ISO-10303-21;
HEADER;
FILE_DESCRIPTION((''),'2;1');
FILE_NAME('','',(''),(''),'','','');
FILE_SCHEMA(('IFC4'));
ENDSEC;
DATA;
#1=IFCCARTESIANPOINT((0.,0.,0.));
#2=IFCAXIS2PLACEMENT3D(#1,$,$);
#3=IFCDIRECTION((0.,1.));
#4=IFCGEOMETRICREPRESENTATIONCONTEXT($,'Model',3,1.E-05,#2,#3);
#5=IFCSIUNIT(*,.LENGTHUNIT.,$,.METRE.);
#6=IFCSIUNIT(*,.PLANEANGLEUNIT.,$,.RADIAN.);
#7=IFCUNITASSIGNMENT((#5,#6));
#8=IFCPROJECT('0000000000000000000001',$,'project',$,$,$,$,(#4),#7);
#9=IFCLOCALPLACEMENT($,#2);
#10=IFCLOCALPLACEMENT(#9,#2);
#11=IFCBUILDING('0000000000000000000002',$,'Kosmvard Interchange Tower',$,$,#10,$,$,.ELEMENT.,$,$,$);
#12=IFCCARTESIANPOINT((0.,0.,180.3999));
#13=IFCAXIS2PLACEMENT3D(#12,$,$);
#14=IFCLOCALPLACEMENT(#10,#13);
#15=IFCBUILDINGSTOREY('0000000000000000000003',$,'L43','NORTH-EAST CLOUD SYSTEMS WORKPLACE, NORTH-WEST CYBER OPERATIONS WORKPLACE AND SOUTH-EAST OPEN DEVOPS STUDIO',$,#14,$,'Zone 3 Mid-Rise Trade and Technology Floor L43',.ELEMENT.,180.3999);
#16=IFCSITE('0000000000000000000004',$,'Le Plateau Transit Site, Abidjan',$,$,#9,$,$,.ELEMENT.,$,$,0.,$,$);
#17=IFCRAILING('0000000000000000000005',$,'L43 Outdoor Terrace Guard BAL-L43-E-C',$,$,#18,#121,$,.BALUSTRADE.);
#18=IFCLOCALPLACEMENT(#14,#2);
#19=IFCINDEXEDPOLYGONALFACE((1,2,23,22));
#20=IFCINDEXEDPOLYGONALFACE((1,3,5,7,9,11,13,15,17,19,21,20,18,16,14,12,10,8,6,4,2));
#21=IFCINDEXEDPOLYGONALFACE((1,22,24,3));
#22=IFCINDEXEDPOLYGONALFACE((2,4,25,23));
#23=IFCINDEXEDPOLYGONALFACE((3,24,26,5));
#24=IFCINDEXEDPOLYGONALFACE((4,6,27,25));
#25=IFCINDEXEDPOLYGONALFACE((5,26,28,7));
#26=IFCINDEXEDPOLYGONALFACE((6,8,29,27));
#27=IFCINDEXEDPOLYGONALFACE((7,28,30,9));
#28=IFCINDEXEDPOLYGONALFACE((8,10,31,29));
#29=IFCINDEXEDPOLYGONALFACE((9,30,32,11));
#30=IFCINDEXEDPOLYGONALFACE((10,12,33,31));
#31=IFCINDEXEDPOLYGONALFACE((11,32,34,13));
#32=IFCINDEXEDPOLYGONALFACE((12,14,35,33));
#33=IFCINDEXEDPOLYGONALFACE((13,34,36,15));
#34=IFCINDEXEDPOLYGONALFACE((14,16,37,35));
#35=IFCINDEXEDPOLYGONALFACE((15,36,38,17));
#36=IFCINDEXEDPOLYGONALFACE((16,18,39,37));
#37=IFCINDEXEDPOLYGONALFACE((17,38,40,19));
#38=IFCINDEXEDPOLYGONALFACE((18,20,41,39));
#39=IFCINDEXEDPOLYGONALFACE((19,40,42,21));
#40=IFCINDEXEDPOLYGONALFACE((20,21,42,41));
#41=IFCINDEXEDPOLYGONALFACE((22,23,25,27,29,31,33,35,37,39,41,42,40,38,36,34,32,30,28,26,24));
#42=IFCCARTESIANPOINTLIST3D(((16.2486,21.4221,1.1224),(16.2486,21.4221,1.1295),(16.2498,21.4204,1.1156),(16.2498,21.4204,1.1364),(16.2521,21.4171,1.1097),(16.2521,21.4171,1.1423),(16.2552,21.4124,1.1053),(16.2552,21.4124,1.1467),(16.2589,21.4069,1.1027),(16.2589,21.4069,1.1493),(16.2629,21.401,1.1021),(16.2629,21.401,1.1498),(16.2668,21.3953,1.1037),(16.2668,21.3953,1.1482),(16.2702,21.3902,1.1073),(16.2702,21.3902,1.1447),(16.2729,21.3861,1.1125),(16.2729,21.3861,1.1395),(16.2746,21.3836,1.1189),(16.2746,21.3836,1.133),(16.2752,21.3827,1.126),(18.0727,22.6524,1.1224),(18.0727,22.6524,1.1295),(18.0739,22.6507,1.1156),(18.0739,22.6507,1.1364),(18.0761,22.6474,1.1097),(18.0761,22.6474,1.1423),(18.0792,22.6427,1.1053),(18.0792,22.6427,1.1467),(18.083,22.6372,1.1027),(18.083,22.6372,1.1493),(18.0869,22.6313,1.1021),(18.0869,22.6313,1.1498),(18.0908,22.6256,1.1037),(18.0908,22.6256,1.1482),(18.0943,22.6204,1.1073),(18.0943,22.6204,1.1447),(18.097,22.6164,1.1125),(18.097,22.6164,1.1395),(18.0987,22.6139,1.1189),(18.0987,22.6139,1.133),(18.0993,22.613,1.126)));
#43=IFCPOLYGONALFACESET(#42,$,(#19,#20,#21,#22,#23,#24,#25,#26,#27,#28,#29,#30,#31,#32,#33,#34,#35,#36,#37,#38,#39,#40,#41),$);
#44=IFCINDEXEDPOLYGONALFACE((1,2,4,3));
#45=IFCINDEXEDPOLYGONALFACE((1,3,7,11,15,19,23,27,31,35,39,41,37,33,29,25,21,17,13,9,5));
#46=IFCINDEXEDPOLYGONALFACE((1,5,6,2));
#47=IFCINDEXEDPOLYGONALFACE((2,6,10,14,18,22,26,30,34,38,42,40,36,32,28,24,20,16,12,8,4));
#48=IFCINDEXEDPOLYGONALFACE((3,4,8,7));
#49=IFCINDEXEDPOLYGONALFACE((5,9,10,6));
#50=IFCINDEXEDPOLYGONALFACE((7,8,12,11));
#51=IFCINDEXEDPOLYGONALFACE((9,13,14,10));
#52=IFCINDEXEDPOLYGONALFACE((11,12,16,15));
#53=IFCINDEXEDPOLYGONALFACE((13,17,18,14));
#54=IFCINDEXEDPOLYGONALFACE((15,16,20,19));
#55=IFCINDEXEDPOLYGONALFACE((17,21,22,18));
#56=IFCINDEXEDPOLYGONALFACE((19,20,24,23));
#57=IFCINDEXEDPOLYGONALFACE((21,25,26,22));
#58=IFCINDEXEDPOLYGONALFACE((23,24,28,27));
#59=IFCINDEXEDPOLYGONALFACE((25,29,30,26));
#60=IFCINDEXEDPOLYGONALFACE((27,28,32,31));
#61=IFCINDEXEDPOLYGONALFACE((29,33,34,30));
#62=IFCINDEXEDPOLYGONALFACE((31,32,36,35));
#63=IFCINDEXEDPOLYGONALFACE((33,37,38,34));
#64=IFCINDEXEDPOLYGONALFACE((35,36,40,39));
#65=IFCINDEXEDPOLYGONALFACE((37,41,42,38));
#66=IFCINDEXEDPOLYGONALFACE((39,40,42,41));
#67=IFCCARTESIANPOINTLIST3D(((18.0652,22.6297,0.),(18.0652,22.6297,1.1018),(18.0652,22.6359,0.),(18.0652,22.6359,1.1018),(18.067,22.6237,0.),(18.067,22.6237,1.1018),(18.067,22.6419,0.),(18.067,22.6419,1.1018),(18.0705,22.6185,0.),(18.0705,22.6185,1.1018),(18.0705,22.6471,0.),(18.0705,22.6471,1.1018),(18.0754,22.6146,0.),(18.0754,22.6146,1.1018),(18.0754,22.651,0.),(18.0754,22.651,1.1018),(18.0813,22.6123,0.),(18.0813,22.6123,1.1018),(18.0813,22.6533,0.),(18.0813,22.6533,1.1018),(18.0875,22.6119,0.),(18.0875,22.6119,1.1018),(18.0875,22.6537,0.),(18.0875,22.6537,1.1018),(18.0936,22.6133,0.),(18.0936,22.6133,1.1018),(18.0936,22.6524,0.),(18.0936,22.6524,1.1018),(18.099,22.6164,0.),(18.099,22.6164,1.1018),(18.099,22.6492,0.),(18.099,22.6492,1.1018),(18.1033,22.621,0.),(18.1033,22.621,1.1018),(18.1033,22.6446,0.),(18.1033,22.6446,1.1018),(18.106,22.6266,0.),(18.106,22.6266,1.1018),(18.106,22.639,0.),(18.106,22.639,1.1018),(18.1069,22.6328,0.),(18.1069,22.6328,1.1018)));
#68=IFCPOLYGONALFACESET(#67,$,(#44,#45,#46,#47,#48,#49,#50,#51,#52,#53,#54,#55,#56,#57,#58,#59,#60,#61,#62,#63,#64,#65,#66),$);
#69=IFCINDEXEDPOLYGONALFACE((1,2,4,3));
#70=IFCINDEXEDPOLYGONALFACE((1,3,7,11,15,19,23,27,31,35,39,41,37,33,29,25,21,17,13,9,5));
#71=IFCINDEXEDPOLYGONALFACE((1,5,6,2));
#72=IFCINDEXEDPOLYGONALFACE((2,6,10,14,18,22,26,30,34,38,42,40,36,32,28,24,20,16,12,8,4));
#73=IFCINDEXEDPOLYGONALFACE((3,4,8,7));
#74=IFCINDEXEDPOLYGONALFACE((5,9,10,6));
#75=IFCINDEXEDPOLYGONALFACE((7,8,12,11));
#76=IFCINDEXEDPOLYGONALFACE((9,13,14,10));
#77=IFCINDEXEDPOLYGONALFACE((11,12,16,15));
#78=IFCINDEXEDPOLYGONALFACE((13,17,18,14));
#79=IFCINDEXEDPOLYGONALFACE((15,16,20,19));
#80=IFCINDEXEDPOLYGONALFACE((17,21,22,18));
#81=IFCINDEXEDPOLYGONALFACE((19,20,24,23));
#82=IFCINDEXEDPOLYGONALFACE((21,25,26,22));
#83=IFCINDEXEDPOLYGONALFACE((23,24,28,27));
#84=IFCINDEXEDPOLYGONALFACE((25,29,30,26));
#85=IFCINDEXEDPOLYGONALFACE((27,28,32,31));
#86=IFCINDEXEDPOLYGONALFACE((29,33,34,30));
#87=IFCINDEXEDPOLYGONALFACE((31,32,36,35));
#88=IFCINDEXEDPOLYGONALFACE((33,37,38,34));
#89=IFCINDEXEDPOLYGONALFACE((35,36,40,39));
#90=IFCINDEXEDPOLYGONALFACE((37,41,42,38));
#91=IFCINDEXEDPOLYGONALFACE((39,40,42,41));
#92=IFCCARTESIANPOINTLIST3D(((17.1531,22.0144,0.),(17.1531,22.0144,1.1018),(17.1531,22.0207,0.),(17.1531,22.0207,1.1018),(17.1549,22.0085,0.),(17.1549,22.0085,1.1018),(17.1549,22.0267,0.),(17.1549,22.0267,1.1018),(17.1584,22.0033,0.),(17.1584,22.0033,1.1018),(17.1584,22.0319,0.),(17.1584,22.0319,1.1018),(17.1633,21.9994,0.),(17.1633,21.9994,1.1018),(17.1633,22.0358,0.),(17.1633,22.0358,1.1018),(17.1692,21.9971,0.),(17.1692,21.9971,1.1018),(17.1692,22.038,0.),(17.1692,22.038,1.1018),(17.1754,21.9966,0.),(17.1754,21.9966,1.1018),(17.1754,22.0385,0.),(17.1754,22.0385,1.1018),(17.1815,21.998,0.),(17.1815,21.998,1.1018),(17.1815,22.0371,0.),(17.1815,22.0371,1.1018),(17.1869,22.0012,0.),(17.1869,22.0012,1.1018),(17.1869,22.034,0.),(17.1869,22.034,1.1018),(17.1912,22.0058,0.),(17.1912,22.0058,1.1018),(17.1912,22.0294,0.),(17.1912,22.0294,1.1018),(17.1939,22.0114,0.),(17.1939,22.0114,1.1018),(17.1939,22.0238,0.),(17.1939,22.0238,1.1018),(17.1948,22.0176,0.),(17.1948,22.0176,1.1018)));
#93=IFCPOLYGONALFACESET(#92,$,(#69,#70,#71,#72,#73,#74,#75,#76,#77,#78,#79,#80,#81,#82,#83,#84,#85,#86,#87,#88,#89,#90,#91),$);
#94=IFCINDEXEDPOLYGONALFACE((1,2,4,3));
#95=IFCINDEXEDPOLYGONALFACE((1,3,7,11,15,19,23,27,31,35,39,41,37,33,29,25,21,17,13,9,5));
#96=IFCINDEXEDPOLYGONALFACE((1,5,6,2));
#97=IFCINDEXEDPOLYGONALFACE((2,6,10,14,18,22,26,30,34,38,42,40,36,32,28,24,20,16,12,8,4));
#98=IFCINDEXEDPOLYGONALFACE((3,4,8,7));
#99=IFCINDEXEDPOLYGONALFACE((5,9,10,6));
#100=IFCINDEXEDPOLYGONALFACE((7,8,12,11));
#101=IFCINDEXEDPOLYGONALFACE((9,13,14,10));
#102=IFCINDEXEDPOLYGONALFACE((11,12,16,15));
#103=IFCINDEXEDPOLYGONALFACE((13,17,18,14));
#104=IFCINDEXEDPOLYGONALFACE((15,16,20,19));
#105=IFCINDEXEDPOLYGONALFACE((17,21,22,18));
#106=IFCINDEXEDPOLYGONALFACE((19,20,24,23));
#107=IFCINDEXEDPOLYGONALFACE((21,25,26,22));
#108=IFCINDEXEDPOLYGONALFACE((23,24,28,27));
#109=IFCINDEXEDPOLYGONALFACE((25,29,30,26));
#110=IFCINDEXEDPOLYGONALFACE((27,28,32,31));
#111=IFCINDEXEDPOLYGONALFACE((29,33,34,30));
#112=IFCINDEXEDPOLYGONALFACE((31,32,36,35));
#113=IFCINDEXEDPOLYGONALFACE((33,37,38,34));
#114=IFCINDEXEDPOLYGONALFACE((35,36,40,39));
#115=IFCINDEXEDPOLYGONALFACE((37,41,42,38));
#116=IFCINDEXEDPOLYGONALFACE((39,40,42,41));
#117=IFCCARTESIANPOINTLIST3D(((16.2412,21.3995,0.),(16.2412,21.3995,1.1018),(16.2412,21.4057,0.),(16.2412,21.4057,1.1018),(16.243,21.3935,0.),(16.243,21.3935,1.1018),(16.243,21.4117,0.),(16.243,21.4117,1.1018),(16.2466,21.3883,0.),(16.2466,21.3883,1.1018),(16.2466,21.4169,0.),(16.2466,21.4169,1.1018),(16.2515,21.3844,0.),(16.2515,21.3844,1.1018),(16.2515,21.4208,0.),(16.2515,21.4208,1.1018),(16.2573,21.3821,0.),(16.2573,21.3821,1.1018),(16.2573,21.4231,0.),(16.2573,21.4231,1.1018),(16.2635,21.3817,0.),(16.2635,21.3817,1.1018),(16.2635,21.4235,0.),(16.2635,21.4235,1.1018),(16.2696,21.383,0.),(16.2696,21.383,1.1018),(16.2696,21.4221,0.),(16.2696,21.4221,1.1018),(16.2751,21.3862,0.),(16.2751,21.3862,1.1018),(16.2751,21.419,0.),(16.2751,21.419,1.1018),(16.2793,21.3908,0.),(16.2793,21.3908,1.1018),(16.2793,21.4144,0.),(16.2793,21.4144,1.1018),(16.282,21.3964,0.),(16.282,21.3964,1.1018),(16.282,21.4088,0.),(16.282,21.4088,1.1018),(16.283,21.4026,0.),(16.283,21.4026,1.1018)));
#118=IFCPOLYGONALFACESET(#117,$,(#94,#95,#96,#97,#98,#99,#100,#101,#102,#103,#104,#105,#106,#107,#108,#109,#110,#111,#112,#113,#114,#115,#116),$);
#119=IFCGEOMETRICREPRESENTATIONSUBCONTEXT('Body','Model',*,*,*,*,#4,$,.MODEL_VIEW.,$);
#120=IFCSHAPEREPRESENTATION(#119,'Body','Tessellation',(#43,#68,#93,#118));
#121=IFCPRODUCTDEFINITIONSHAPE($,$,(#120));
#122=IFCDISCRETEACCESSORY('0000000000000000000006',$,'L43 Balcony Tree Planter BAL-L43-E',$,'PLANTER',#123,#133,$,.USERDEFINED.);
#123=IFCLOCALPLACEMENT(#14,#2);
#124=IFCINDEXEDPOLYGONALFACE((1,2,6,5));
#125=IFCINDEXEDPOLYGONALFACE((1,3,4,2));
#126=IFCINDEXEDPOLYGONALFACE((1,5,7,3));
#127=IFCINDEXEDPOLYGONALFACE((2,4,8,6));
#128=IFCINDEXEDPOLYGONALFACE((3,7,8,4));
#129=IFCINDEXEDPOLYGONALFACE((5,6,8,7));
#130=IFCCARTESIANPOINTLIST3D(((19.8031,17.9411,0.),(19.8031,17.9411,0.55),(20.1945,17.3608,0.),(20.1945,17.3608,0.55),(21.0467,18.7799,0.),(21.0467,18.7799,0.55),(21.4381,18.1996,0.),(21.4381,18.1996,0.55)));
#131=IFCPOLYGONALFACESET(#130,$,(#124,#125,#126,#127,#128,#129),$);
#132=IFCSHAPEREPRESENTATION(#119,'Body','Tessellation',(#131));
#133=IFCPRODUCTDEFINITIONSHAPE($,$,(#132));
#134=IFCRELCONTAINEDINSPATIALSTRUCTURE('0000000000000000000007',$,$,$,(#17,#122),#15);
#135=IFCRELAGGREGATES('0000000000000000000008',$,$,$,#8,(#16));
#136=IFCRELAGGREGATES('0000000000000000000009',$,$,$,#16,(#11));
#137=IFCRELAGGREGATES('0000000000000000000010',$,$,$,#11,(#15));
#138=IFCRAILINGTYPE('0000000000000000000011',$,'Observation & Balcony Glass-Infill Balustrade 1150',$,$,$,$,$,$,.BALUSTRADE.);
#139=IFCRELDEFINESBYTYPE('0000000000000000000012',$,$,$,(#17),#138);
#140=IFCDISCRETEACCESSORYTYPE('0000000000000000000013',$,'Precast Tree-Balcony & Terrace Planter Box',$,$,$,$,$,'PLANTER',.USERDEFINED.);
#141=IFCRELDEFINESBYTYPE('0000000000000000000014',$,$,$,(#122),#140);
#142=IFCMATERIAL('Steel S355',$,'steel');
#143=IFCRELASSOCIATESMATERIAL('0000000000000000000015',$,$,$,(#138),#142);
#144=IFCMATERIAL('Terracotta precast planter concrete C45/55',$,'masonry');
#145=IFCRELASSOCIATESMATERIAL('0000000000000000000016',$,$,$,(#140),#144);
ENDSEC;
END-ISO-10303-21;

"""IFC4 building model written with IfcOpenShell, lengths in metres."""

from ifc_helpers import new_model, si_unit, direction, frame, origin, origin_2d, place, context, subcontext, project, spatial, rectangle, circle, extrude, source, transform, mapped, material, type_object, element, save


model = new_model("IFC4")

# Units and contexts
model_context = context("Model", 3, precision=1e-05, world=origin(), true_north=direction((0.0, 1.0)))
body_context = subcontext(model_context, "Body", "Model", "MODEL_VIEW")
ifc_project = project(units=[si_unit("LENGTHUNIT", "METRE"), si_unit("PLANEANGLEUNIT", "RADIAN")], contexts=[model_context])

# Site, building, storey
site_placement = place(None, origin())
site = spatial("IfcSite", under=ifc_project, at=site_placement, Name="Le Plateau Transit Site, Abidjan", CompositionType="ELEMENT", RefElevation=0.0)
building_placement = place(site_placement, origin())
building = spatial("IfcBuilding", under=site, at=building_placement, Name="Kosmvard Interchange Tower", CompositionType="ELEMENT")
storey_placement = place(building_placement, frame((0.0, 0.0, 180.3999)))
storey = spatial("IfcBuildingStorey", under=building, at=storey_placement, Name="L43", Description="NORTH-EAST CLOUD SYSTEMS WORKPLACE, NORTH-WEST CYBER OPERATIONS WORKPLACE AND SOUTH-EAST OPEN DEVOPS STUDIO", LongName="Zone 3 Mid-Rise Trade and Technology Floor L43", CompositionType="ELEMENT", Elevation=180.3999)

# Shared definitions
ifc_material_1 = material(Name="Steel S355", Category="steel")

# Railing
railing_type = type_object("IfcRailingType", Name="Observation & Balcony Glass-Infill Balustrade 1150", PredefinedType="BALUSTRADE", material=ifc_material_1)
shared_shape_1 = source(origin(), body_context, "Body", "SweptSolid", [
    extrude(circle(Radius=0.0239, at=origin_2d()), frame((0.0, 0.0, 1.126), z_axis=(-0.829051, -0.559174, 0.0), x_axis=(0.559174, -0.829051, 0.0)), (0.0, 0.0, 1.0), 2.2002),
    extrude(circle(Radius=0.021, at=origin_2d()), origin(), (0.0, 0.0, 1.0), 1.1018),
    extrude(circle(Radius=0.021, at=origin_2d()), frame((-0.9121, -0.6152, 0.0)), (0.0, 0.0, 1.0), 1.1018),
    extrude(circle(Radius=0.021, at=origin_2d()), frame((-1.824, -1.2302, 0.0)), (0.0, 0.0, 1.0), 1.1018),
])
railing_1_placement = place(storey_placement, frame((18.0859, 22.6328, 0.0)))
element("IfcRailing", 1, at=railing_1_placement, inside=storey, type_object=railing_type, Name="L43 Outdoor Terrace Guard BAL-L43-E-C", PredefinedType="BALUSTRADE", context=body_context, shape_type="MappedRepresentation", body=[
    mapped(shared_shape_1, transform((0.0, 0.0, 0.0), scale=1.0)),
])

# Discrete accessory
ifc_material_2 = material(Name="Terracotta precast planter concrete C45/55", Category="masonry")
discrete_accessory_type = type_object("IfcDiscreteAccessoryType", Name="Precast Tree-Balcony & Terrace Planter Box", ElementType="PLANTER", PredefinedType="USERDEFINED", material=ifc_material_2)
shared_shape_2 = source(origin(), body_context, "Body", "SweptSolid", [
    extrude(rectangle(XDim=1.5, YDim=0.7, at=origin_2d()), origin(), (0.0, 0.0, 1.0), 0.55),
])
discrete_accessory_placement = place(storey_placement, frame((20.6206, 18.0703, 0.0), z_axis=(0.0, 0.0, 1.0), x_axis=(0.829038, 0.559193, 0.0)))
element("IfcDiscreteAccessory", 2, at=discrete_accessory_placement, inside=storey, type_object=discrete_accessory_type, Name="L43 Balcony Tree Planter BAL-L43-E", ObjectType="PLANTER", PredefinedType="USERDEFINED", context=body_context, shape_type="MappedRepresentation", body=[
    mapped(shared_shape_2, transform((0.0, 0.0, 0.0), scale=1.0)),
])

save(model, "model.ifc")
